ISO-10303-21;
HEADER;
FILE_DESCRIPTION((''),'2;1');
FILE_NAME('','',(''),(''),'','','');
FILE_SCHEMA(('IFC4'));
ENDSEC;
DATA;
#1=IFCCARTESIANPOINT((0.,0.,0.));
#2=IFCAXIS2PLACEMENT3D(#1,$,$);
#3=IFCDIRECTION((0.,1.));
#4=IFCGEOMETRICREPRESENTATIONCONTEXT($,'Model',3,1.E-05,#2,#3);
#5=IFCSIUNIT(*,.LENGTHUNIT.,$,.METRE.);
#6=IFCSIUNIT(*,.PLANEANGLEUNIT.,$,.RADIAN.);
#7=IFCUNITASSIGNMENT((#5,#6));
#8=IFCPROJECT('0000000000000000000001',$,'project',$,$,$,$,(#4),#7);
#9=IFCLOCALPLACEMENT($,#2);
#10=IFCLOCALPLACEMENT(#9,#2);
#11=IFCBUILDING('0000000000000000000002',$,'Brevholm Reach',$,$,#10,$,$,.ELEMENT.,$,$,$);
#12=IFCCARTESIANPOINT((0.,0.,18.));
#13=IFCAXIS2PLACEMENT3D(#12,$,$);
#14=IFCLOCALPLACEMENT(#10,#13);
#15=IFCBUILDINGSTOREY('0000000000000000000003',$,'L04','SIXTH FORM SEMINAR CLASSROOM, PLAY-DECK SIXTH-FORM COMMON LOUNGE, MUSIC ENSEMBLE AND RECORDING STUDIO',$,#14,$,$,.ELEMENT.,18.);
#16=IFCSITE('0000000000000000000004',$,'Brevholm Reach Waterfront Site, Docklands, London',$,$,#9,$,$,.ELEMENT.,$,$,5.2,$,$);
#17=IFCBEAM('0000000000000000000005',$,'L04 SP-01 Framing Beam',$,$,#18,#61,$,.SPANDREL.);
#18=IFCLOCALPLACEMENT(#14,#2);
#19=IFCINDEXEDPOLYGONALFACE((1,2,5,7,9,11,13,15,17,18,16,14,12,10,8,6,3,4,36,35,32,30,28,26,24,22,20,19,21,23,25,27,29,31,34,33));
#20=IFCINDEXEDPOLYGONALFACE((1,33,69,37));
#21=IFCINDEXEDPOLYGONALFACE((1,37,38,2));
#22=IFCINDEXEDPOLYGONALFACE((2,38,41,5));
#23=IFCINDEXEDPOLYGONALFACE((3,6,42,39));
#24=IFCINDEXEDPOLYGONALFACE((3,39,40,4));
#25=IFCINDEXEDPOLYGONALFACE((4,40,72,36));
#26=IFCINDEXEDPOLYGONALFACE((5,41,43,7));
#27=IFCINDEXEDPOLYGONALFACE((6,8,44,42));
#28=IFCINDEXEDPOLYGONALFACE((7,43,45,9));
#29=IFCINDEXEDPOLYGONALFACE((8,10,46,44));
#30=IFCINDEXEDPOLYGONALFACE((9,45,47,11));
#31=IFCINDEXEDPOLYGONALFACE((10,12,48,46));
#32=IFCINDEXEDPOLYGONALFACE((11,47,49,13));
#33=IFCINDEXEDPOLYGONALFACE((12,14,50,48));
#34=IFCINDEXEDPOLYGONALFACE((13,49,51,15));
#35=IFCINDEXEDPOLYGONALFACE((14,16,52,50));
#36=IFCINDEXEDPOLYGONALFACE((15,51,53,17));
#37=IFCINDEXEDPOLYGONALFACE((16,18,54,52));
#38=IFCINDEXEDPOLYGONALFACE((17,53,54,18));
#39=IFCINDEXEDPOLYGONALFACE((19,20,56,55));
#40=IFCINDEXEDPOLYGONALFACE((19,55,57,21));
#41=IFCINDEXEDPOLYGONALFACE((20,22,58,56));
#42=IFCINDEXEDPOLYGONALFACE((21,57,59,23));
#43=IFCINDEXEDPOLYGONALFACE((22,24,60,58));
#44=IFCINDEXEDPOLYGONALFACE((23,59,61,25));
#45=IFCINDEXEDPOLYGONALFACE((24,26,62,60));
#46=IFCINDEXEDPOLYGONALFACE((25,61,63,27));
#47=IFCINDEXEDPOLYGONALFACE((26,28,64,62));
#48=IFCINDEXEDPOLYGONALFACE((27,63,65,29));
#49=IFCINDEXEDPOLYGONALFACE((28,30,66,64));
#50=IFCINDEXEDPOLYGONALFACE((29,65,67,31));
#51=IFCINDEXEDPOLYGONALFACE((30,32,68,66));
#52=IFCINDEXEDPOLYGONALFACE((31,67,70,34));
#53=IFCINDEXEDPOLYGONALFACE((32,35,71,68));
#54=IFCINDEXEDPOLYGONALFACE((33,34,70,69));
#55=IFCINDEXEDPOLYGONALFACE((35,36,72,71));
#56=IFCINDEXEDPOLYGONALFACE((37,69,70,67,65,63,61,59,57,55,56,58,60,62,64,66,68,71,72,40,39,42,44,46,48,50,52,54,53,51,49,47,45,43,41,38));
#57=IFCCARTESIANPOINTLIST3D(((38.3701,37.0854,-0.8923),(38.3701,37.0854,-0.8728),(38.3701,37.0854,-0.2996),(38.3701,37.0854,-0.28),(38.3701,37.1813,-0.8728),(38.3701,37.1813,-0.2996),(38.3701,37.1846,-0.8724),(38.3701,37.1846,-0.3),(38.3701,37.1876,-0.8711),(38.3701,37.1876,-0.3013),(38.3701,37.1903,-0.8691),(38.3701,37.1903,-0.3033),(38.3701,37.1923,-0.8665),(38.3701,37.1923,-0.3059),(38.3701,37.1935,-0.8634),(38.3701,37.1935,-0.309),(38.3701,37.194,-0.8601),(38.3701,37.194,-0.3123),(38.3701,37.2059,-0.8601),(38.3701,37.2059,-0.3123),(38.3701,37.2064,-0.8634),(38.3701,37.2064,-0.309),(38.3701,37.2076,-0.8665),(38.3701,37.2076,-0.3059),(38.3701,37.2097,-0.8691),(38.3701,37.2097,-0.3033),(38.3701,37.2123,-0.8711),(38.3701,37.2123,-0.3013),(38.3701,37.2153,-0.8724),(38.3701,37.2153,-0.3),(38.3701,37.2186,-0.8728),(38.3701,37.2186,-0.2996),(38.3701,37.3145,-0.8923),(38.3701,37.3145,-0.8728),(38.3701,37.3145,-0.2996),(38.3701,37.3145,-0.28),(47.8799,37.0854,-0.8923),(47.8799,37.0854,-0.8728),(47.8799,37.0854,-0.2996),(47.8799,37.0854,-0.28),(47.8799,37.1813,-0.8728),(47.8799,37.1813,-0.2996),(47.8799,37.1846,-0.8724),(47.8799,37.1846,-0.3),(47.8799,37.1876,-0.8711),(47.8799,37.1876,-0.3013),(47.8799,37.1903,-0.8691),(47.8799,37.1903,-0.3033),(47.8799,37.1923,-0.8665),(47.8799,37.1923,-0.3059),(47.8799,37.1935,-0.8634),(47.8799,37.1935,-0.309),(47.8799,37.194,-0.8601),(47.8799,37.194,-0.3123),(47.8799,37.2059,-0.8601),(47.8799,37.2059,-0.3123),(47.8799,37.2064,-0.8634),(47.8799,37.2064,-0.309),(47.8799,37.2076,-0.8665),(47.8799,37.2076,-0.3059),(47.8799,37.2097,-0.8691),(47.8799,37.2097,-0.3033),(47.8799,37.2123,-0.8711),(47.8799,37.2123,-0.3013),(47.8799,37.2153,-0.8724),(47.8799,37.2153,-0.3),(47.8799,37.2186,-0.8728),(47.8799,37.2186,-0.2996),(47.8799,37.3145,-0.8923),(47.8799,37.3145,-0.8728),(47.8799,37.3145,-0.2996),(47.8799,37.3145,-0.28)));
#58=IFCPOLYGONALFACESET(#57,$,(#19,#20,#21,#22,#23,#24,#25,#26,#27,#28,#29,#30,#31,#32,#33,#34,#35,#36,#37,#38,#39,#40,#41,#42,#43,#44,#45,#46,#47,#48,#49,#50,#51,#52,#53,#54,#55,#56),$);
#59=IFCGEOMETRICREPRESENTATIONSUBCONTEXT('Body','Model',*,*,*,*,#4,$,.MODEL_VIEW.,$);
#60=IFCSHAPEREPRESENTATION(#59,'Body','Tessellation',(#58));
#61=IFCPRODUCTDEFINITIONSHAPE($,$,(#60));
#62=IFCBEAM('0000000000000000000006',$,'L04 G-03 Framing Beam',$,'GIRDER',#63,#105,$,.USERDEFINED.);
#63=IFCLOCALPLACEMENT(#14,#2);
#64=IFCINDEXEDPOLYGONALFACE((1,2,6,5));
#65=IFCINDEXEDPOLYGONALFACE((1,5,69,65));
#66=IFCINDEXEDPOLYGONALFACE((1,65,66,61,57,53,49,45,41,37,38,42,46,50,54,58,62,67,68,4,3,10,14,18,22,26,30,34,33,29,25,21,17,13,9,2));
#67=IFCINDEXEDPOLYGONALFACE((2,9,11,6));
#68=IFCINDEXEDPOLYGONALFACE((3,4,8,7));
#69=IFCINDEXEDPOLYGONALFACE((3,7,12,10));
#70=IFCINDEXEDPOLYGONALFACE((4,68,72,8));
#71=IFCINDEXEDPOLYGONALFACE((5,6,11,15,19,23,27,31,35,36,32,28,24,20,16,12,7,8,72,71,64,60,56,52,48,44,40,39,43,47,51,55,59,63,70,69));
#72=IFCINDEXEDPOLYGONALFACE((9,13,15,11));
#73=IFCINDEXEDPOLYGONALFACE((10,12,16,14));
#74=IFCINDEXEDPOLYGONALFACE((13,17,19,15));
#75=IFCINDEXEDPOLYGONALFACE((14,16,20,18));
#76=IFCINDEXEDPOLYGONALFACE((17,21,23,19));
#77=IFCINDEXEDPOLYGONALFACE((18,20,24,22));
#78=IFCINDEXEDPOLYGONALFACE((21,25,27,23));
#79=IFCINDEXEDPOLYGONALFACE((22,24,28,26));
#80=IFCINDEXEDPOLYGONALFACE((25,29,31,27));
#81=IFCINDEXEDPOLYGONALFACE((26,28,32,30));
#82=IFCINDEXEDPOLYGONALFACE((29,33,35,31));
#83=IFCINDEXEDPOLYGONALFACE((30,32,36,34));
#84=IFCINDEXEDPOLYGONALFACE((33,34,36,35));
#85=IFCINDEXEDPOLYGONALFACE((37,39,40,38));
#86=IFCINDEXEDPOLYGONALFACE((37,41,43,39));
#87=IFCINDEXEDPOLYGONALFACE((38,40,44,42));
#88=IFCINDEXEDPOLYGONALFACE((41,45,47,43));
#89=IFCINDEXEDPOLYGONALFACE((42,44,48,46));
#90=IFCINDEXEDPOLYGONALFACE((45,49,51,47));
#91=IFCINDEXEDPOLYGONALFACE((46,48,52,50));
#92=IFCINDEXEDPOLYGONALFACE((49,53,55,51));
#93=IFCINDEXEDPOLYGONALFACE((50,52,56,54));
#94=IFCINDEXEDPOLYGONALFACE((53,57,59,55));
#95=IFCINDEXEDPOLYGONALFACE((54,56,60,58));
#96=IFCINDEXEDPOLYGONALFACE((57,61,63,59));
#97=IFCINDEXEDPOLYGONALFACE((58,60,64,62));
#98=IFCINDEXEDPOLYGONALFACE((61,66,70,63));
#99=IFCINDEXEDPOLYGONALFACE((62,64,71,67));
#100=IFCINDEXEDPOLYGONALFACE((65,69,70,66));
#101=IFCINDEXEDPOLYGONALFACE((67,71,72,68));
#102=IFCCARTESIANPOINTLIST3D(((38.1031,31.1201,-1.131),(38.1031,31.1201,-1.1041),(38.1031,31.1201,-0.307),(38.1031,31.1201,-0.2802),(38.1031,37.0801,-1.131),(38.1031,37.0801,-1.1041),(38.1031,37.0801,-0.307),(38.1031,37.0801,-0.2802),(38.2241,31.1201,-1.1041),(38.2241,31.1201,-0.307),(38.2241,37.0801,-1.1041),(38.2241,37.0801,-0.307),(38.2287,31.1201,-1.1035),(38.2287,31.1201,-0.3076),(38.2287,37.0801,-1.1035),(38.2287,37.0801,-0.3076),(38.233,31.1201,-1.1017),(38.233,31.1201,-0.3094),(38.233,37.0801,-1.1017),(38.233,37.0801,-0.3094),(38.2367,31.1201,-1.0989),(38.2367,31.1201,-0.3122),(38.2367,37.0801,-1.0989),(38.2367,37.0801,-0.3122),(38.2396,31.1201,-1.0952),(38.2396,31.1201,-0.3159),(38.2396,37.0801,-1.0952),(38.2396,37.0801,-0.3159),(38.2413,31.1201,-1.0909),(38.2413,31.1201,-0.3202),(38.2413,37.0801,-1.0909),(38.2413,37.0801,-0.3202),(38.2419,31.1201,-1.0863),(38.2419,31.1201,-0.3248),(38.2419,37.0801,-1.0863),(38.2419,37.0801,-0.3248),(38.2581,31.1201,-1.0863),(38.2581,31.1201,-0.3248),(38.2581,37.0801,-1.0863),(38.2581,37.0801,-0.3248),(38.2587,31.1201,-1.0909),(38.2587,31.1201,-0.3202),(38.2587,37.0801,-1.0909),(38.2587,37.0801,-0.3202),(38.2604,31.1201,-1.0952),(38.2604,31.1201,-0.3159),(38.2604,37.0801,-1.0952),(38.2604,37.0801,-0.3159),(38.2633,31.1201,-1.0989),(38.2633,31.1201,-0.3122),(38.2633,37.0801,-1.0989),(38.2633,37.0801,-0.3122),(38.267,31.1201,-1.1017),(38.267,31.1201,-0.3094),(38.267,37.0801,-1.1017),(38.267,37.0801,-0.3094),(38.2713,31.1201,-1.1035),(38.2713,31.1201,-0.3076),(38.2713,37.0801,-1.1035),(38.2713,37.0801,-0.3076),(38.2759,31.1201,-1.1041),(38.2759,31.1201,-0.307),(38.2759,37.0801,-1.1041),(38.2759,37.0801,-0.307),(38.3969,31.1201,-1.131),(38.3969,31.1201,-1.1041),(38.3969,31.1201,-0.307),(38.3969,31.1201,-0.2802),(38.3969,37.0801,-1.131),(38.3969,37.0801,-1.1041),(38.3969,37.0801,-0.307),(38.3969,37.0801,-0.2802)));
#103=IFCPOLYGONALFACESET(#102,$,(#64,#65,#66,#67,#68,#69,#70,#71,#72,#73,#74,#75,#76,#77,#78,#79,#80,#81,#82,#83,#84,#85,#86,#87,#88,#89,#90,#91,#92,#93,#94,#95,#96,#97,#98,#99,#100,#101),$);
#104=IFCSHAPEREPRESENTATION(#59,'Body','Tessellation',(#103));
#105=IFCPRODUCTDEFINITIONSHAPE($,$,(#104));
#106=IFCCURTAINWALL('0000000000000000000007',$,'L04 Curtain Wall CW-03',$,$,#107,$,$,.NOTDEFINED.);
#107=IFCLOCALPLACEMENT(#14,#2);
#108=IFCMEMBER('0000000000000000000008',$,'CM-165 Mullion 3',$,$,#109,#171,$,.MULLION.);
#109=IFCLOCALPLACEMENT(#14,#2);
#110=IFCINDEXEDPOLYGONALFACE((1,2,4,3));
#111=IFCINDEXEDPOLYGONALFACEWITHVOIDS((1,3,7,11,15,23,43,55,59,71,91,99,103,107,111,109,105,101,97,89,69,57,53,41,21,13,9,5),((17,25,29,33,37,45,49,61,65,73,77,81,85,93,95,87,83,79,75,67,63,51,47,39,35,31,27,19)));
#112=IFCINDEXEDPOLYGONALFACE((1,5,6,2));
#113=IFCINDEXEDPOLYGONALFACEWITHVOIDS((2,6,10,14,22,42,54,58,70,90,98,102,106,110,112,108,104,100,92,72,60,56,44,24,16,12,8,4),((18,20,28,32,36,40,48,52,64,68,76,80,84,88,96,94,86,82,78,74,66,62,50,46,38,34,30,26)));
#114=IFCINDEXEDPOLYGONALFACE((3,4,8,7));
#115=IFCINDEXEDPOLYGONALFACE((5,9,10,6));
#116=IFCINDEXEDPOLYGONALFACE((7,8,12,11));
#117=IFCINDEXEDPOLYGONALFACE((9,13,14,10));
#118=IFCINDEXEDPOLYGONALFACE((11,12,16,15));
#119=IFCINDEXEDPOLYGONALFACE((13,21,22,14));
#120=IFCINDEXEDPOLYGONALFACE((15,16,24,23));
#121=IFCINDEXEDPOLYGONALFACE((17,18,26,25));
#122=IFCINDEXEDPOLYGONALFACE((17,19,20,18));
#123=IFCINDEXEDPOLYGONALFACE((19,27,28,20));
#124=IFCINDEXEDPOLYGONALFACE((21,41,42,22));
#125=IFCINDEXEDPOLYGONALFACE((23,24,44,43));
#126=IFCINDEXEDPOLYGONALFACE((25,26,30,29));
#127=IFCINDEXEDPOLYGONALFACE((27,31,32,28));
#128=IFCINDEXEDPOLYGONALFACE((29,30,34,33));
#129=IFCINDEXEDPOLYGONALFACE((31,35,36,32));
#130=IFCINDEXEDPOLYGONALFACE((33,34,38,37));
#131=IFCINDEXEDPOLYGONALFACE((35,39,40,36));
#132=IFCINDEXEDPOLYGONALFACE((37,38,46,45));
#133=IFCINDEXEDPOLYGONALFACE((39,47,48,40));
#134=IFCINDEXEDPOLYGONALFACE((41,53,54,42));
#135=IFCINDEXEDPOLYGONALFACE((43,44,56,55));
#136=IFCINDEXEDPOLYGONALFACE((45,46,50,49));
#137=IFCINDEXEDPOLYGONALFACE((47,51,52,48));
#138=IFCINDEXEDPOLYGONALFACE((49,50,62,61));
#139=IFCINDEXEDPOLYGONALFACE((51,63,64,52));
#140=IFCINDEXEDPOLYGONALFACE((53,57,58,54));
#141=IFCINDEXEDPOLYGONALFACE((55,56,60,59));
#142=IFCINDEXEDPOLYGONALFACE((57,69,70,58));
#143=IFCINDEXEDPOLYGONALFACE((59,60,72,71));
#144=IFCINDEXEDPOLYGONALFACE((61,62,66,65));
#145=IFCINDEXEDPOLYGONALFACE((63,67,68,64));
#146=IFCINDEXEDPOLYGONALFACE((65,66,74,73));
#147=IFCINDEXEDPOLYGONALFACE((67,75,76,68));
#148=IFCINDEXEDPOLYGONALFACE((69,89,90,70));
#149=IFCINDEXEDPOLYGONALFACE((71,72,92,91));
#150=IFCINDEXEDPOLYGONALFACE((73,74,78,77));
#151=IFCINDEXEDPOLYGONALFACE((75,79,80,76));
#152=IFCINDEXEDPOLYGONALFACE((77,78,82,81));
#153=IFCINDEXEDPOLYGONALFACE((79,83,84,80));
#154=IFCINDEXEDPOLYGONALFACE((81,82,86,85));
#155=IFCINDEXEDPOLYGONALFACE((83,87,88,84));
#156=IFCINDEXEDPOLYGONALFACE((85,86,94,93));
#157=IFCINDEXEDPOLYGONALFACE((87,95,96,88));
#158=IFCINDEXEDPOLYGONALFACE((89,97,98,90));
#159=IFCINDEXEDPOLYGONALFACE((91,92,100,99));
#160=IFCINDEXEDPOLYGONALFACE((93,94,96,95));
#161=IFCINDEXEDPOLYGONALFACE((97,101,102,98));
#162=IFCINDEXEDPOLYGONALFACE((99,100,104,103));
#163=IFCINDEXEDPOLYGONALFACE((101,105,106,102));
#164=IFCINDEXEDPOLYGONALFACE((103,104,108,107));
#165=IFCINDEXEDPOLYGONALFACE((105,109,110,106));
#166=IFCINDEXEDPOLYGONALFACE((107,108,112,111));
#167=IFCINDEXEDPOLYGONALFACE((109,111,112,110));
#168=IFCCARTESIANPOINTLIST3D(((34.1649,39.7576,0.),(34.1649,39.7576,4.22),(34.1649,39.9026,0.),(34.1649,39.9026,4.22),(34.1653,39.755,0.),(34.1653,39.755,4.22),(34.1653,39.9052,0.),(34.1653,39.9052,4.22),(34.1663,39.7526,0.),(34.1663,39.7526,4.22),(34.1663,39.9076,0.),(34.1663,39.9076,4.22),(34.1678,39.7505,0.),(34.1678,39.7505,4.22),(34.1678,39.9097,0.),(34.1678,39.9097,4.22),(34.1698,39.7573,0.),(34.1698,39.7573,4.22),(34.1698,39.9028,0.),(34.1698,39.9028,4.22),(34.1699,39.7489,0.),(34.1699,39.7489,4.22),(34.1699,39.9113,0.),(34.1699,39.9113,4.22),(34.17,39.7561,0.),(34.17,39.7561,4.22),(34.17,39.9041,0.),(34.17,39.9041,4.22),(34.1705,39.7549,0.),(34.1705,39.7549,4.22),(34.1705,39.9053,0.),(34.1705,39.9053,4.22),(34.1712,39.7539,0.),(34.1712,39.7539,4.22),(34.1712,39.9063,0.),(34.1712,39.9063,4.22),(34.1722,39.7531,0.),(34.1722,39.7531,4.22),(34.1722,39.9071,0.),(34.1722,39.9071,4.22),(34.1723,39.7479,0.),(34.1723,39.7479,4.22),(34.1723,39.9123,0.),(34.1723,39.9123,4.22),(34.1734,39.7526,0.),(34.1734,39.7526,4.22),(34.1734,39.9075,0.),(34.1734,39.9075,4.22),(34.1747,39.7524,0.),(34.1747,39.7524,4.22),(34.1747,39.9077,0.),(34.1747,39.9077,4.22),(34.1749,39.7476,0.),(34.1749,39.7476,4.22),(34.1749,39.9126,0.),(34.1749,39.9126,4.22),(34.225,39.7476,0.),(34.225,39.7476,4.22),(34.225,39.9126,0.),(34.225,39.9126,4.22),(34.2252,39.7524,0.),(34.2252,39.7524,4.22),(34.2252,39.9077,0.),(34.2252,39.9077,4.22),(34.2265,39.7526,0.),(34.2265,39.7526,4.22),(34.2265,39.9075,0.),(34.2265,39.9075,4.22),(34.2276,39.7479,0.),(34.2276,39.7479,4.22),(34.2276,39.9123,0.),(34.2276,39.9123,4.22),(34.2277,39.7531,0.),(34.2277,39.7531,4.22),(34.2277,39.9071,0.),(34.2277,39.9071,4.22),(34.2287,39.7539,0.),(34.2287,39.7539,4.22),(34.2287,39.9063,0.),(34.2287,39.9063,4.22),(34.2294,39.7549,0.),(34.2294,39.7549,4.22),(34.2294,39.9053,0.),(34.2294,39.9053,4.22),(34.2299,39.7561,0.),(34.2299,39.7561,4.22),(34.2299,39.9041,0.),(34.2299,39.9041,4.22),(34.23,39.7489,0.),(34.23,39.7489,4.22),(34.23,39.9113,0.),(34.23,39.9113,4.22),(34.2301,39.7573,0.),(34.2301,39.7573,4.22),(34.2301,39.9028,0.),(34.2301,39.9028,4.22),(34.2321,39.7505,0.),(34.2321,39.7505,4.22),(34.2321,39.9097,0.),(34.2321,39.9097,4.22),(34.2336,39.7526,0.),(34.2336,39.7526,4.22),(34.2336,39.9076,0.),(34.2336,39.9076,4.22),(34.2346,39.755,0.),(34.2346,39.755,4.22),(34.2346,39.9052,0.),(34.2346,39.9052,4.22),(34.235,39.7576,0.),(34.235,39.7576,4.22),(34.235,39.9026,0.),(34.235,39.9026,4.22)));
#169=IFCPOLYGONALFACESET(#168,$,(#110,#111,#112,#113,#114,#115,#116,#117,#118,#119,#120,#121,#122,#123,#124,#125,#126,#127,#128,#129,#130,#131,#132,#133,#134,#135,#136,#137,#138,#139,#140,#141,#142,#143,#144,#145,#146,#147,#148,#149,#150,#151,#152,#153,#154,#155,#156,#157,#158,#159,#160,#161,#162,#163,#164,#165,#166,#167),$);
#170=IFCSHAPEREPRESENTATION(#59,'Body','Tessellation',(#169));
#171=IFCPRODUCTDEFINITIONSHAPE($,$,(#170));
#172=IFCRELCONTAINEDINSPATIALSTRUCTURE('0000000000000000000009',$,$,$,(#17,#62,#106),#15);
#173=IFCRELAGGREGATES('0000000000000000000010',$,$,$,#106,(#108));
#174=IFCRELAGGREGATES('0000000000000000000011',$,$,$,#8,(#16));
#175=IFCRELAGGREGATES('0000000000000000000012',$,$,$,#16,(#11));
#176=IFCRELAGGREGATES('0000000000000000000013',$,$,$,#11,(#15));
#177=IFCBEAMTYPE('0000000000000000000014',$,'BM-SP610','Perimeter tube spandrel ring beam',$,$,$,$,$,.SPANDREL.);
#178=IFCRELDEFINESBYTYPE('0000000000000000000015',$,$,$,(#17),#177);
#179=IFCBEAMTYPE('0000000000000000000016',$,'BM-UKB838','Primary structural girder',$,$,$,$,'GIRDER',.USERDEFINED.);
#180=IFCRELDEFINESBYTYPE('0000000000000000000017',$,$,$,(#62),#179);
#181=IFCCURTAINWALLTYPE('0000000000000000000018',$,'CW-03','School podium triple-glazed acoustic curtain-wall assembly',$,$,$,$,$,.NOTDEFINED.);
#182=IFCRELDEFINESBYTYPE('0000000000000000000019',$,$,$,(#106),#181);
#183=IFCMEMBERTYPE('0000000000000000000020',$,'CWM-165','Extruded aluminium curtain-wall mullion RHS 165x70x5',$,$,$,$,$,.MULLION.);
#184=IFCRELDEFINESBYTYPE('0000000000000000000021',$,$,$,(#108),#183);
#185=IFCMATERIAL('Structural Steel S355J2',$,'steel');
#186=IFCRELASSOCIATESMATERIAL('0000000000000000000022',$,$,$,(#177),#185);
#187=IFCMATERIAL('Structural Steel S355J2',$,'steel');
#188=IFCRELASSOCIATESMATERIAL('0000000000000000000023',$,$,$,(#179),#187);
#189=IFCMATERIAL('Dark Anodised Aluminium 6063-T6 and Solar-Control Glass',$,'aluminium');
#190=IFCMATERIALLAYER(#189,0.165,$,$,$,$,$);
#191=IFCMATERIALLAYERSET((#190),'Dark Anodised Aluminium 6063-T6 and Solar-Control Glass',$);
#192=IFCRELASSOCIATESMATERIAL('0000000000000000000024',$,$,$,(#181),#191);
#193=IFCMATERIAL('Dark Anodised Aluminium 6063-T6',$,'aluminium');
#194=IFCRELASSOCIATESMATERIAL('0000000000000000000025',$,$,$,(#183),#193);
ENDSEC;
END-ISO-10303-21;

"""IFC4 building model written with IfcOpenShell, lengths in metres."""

from ifc_helpers import new_model, si_unit, direction, frame, origin, origin_2d, place, context, subcontext, project, spatial, hollow_rectangle, i_section, extrude, material, layer, layer_set, material_profile, profile_set, type_object, element, aggregate, save


model = new_model("IFC4")

# Units and contexts
model_context = context("Model", 3, precision=1e-05, world=origin(), true_north=direction((0.0, 1.0)))
body_context = subcontext(model_context, "Body", "Model", "MODEL_VIEW")
ifc_project = project(units=[si_unit("LENGTHUNIT", "METRE"), si_unit("PLANEANGLEUNIT", "RADIAN")], contexts=[model_context])

# Site, building, storey
site_placement = place(None, origin())
site = spatial("IfcSite", under=ifc_project, at=site_placement, Name="Brevholm Reach Waterfront Site, Docklands, London", CompositionType="ELEMENT", RefElevation=5.2)
building_placement = place(site_placement, origin())
building = spatial("IfcBuilding", under=site, at=building_placement, Name="Brevholm Reach", CompositionType="ELEMENT")
storey_placement = place(building_placement, frame((0.0, 0.0, 18.0)))
storey = spatial("IfcBuildingStorey", under=building, at=storey_placement, Name="L04", Description="SIXTH FORM SEMINAR CLASSROOM, PLAY-DECK SIXTH-FORM COMMON LOUNGE, MUSIC ENSEMBLE AND RECORDING STUDIO", CompositionType="ELEMENT", Elevation=18.0)

# Beams
ifc_material_1 = material(Name="Structural Steel S355J2", Category="steel")
ifc_material_profile_1 = material_profile(ifc_material_1, i_section(OverallWidth=0.229, OverallDepth=0.6123, WebThickness=0.012, FlangeThickness=0.0195, FilletRadius=0.0127, at=origin_2d()), Name="UKB 610x229x125")
ifc_profile_set_1 = profile_set([ifc_material_profile_1], Name="Structural Steel S355J2")
beam_type_1 = type_object("IfcBeamType", Name="BM-SP610", Description="Perimeter tube spandrel ring beam", PredefinedType="SPANDREL", material=ifc_profile_set_1)
beam_1_placement = place(storey_placement, frame((38.3701, 37.2, -0.5862), z_axis=(1.0, 0.0, 0.0), x_axis=(0.0, 1.0, 0.0)))
element("IfcBeam", 1, at=beam_1_placement, inside=storey, type_object=beam_type_1, Name="L04 SP-01 Framing Beam", PredefinedType="SPANDREL", context=body_context, shape_type="SweptSolid", body=[
    extrude(i_section(OverallWidth=0.229, OverallDepth=0.6123, WebThickness=0.012, FlangeThickness=0.0195, FilletRadius=0.0127, at=origin_2d()), origin(), (0.0, 0.0, 1.0), 9.5098),
])
ifc_material_2 = material(Name="Structural Steel S355J2", Category="steel")
ifc_material_profile_2 = material_profile(ifc_material_2, i_section(OverallWidth=0.2937, OverallDepth=0.8508, WebThickness=0.0161, FlangeThickness=0.0269, FilletRadius=0.0178, at=origin_2d()), Name="UKB 838x292x226")
ifc_profile_set_2 = profile_set([ifc_material_profile_2], Name="Structural Steel S355J2")
beam_type_2 = type_object("IfcBeamType", Name="BM-UKB838", Description="Primary structural girder", ElementType="GIRDER", PredefinedType="USERDEFINED", material=ifc_profile_set_2)
beam_2_placement = place(storey_placement, frame((38.25, 31.1201, -0.7056), z_axis=(0.0, 1.0, 0.0), x_axis=(-1.0, 0.0, 0.0)))
element("IfcBeam", 2, at=beam_2_placement, inside=storey, type_object=beam_type_2, Name="L04 G-03 Framing Beam", ObjectType="GIRDER", PredefinedType="USERDEFINED", context=body_context, shape_type="SweptSolid", body=[
    extrude(i_section(OverallWidth=0.2937, OverallDepth=0.8508, WebThickness=0.0161, FlangeThickness=0.0269, FilletRadius=0.0178, at=origin_2d()), origin(), (0.0, 0.0, 1.0), 5.96),
])

# Curtain wall, member
ifc_material_3 = material(Name="Dark Anodised Aluminium 6063-T6 and Solar-Control Glass", Category="aluminium")
ifc_layer_1 = layer(ifc_material_3, 0.165)
ifc_layer_set_1 = layer_set([ifc_layer_1], Name="Dark Anodised Aluminium 6063-T6 and Solar-Control Glass")
curtain_wall_type = type_object("IfcCurtainWallType", Name="CW-03", Description="School podium triple-glazed acoustic curtain-wall assembly", PredefinedType="NOTDEFINED", material=ifc_layer_set_1)
curtain_wall_placement = place(storey_placement, origin())
curtain_wall = element("IfcCurtainWall", 3, at=curtain_wall_placement, inside=storey, type_object=curtain_wall_type, Name="L04 Curtain Wall CW-03", PredefinedType="NOTDEFINED")
ifc_material_4 = material(Name="Dark Anodised Aluminium 6063-T6", Category="aluminium")
ifc_material_profile_3 = material_profile(ifc_material_4, hollow_rectangle(XDim=0.0701, YDim=0.165, WallThickness=0.0049, InnerFilletRadius=0.0049, OuterFilletRadius=0.01, at=origin_2d()), Name="RHS 165x70x5")
ifc_profile_set_3 = profile_set([ifc_material_profile_3], Name="Dark Anodised Aluminium 6063-T6")
member_type_1 = type_object("IfcMemberType", Name="CWM-165", Description="Extruded aluminium curtain-wall mullion RHS 165x70x5", PredefinedType="MULLION", material=ifc_profile_set_3)
member_1_placement = place(storey_placement, frame((34.2, 39.8301, 0.0), z_axis=(0.0, 0.0, 1.0), x_axis=(1.0, 0.0, 0.0)))
member_1 = element("IfcMember", 4, at=member_1_placement, type_object=member_type_1, Name="CM-165 Mullion 3", PredefinedType="MULLION", context=body_context, shape_type="SweptSolid", body=[
    extrude(hollow_rectangle(XDim=0.0701, YDim=0.165, WallThickness=0.0049, InnerFilletRadius=0.0049, OuterFilletRadius=0.01, at=origin_2d()), origin(), (0.0, 0.0, 1.0), 4.22),
])
aggregate(curtain_wall, [member_1])

save(model, "model.ifc")
